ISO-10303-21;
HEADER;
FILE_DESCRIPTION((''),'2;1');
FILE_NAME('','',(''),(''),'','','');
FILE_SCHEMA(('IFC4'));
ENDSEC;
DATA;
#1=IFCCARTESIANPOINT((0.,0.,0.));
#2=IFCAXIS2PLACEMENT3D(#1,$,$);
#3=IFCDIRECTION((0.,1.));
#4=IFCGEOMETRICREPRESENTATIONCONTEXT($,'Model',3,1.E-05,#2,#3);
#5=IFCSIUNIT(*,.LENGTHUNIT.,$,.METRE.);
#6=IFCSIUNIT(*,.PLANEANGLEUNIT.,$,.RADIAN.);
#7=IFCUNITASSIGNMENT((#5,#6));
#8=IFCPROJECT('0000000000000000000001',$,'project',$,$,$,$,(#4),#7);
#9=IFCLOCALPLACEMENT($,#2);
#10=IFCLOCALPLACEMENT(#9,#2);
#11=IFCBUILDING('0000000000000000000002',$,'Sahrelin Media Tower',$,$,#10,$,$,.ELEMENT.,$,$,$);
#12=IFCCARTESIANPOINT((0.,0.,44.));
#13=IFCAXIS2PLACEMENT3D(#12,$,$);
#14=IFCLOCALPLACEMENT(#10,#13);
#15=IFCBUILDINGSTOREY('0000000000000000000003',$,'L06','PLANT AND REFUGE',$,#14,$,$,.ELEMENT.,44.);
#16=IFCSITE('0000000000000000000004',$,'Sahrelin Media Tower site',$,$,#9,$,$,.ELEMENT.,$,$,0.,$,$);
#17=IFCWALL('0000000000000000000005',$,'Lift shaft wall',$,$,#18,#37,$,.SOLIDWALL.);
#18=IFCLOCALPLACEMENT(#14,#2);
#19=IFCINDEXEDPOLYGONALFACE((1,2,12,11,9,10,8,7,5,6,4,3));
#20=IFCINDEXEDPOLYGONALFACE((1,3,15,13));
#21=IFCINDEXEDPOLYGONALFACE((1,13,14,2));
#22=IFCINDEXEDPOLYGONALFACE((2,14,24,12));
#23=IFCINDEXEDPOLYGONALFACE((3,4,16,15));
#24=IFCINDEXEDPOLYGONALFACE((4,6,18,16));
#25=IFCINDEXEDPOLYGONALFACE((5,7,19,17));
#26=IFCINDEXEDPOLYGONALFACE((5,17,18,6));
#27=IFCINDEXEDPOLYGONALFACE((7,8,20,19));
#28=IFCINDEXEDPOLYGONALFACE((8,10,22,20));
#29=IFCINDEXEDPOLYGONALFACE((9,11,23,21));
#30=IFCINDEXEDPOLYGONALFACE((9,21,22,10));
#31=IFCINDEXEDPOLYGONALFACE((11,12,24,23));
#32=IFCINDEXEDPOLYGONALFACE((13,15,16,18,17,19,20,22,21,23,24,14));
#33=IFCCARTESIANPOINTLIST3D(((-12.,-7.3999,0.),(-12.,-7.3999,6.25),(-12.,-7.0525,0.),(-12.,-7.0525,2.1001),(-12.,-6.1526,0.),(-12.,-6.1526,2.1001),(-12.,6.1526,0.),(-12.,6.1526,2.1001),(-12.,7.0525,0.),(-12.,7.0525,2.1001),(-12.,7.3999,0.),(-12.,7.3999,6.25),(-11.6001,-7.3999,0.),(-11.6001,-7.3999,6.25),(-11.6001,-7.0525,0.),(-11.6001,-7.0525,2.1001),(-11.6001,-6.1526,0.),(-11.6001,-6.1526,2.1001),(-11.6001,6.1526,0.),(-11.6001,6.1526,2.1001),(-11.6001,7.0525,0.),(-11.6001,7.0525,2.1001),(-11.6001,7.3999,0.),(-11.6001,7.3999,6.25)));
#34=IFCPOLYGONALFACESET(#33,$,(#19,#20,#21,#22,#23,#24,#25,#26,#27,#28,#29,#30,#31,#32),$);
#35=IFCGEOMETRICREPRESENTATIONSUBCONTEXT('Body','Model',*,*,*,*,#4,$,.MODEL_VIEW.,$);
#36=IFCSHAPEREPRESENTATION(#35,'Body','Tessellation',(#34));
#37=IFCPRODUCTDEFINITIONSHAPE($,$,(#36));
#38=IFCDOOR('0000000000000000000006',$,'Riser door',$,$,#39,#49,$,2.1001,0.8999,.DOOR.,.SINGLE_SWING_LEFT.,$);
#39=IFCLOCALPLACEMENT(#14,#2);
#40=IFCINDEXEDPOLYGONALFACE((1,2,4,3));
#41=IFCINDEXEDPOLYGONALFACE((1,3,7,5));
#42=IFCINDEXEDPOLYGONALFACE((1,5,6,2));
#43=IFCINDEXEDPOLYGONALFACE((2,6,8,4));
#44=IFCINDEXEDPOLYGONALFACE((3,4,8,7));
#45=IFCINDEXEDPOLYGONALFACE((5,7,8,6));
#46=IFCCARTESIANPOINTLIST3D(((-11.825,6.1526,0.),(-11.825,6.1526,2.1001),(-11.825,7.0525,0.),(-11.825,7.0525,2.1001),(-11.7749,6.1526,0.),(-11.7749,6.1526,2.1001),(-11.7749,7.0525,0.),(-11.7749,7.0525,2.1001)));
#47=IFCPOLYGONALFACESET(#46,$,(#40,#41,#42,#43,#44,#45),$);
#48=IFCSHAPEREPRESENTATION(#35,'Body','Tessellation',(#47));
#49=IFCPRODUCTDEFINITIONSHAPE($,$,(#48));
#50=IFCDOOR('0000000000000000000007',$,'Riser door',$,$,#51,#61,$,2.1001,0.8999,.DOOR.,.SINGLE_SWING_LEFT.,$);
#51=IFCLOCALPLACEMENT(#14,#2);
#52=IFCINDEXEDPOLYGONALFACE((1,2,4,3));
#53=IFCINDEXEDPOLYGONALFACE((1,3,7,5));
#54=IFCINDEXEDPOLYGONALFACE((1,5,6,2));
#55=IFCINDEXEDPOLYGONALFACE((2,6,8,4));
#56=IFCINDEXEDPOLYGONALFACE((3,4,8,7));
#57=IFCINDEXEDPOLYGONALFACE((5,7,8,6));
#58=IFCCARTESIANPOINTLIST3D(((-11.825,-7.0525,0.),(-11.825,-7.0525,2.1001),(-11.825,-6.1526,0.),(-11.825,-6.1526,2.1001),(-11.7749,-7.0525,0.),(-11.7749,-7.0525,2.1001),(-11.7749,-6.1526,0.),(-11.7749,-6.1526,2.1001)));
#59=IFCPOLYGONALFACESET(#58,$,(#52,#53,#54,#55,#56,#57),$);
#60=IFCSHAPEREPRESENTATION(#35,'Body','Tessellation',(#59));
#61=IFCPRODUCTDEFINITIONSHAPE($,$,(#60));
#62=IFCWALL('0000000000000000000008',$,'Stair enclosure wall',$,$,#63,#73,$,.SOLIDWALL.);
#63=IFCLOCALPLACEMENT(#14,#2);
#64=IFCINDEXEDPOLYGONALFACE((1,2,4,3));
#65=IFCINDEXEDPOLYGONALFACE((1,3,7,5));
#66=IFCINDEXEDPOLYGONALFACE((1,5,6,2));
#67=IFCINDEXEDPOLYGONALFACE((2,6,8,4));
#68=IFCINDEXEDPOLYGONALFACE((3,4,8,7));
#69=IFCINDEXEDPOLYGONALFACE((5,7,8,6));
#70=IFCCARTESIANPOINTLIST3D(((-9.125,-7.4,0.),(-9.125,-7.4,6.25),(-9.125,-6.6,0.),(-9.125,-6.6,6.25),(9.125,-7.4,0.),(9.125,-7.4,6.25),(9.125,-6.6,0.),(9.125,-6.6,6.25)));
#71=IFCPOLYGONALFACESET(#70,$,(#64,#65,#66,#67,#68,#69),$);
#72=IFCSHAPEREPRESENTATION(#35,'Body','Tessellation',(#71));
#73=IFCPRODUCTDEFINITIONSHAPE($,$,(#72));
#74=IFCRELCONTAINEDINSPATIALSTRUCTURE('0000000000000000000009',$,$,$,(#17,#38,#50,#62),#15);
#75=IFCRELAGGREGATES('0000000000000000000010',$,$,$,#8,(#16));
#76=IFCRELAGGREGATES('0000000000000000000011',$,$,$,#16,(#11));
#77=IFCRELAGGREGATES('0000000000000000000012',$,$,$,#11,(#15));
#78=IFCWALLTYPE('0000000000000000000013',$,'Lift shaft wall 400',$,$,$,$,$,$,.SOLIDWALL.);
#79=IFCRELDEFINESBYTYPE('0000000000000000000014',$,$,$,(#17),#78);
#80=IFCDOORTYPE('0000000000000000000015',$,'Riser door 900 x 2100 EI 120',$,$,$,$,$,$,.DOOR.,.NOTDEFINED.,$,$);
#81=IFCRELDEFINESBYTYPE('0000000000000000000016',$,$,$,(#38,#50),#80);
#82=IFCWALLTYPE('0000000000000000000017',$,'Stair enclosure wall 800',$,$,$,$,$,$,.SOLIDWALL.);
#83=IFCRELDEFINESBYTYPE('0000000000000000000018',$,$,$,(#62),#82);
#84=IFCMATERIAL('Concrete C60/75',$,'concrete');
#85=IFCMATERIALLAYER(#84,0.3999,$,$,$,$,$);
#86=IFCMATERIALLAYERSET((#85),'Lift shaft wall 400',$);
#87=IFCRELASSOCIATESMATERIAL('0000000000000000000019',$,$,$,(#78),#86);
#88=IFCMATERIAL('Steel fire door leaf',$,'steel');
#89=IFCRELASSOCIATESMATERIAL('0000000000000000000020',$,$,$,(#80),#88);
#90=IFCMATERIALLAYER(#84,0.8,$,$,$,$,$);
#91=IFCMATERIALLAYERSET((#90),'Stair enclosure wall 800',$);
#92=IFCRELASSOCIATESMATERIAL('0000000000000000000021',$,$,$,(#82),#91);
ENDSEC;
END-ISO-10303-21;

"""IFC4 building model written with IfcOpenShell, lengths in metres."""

from ifc_helpers import new_model, si_unit, direction, frame, frame_2d, origin, place, context, subcontext, project, spatial, rectangle, extrude, material, layer, layer_set, type_object, element, fill, save


model = new_model("IFC4")

# Units and contexts
model_context = context("Model", 3, precision=1e-05, world=origin(), true_north=direction((0.0, 1.0)))
body_context = subcontext(model_context, "Body", "Model", "MODEL_VIEW")
ifc_project = project(units=[si_unit("LENGTHUNIT", "METRE"), si_unit("PLANEANGLEUNIT", "RADIAN")], contexts=[model_context])

# Site, building, storey
site_placement = place(None, origin())
site = spatial("IfcSite", under=ifc_project, at=site_placement, Name="Sahrelin Media Tower site", CompositionType="ELEMENT", RefElevation=0.0)
building_placement = place(site_placement, origin())
building = spatial("IfcBuilding", under=site, at=building_placement, Name="Sahrelin Media Tower", CompositionType="ELEMENT")
storey_placement = place(building_placement, frame((0.0, 0.0, 44.0)))
storey = spatial("IfcBuildingStorey", under=building, at=storey_placement, Name="L06", Description="PLANT AND REFUGE", CompositionType="ELEMENT", Elevation=44.0)

# Shared definitions
ifc_material_1 = material(Name="Concrete C60/75", Category="concrete")
ifc_material_2 = material(Name="Steel fire door leaf", Category="steel")

# Wall, openings, doors
ifc_layer_1 = layer(ifc_material_1, 0.3999)
ifc_layer_set_1 = layer_set([ifc_layer_1], Name="Lift shaft wall 400")
wall_type_1 = type_object("IfcWallType", Name="Lift shaft wall 400", PredefinedType="SOLIDWALL", material=ifc_layer_set_1)
wall_1_placement = place(storey_placement, frame((-11.8, -7.3999, 0.0), z_axis=(0.0, 0.0, 1.0), x_axis=(0.0, 1.0, 0.0)))
wall_1 = element("IfcWall", 1, at=wall_1_placement, inside=storey, type_object=wall_type_1, Name="Lift shaft wall", PredefinedType="SOLIDWALL", context=body_context, shape_type="SweptSolid", body=[
    extrude(rectangle(XDim=14.7998, YDim=0.3999, at=frame_2d((7.3999, 0.0))), origin(), (0.0, 0.0, 1.0), 6.25),
])
opening_1_placement = place(wall_1_placement, frame((13.5525, 0.0, 0.0)))
opening_1 = element("IfcOpeningElement", 2, at=opening_1_placement, cuts=wall_1, PredefinedType="OPENING", context=body_context, shape_type="SweptSolid", body=[
    extrude(rectangle(XDim=0.8999, YDim=2.1001, at=frame_2d((0.45, 1.05))), frame((0.0, 0.2, 0.0), z_axis=(0.0, -1.0, 0.0), x_axis=(1.0, 0.0, 0.0)), (0.0, 0.0, 1.0), 0.3999),
])
opening_2_placement = place(wall_1_placement, frame((0.3474, 0.0, 0.0)))
opening_2 = element("IfcOpeningElement", 3, at=opening_2_placement, cuts=wall_1, PredefinedType="OPENING", context=body_context, shape_type="SweptSolid", body=[
    extrude(rectangle(XDim=0.8999, YDim=2.1001, at=frame_2d((0.45, 1.05))), frame((0.0, 0.2, 0.0), z_axis=(0.0, -1.0, 0.0), x_axis=(1.0, 0.0, 0.0)), (0.0, 0.0, 1.0), 0.3999),
])
door_type_1 = type_object("IfcDoorType", Name="Riser door 900 x 2100 EI 120", OperationType="NOTDEFINED", PredefinedType="DOOR", material=ifc_material_2)
door_1_placement = place(opening_1_placement, origin())
door_1 = element("IfcDoor", 4, at=door_1_placement, inside=storey, type_object=door_type_1, Name="Riser door", OperationType="SINGLE_SWING_LEFT", OverallHeight=2.1001, OverallWidth=0.8999, PredefinedType="DOOR", context=body_context, shape_type="SweptSolid", body=[
    extrude(rectangle(XDim=0.8999, YDim=2.1001, at=frame_2d((0.45, 1.05))), frame((0.0, 0.0249, 0.0), z_axis=(0.0, -1.0, 0.0), x_axis=(1.0, 0.0, 0.0)), (0.0, 0.0, 1.0), 0.05),
])
fill(opening_1, door_1)
door_2_placement = place(opening_2_placement, origin())
door_2 = element("IfcDoor", 5, at=door_2_placement, inside=storey, type_object=door_type_1, Name="Riser door", OperationType="SINGLE_SWING_LEFT", OverallHeight=2.1001, OverallWidth=0.8999, PredefinedType="DOOR", context=body_context, shape_type="SweptSolid", body=[
    extrude(rectangle(XDim=0.8999, YDim=2.1001, at=frame_2d((0.45, 1.05))), frame((0.0, 0.0249, 0.0), z_axis=(0.0, -1.0, 0.0), x_axis=(1.0, 0.0, 0.0)), (0.0, 0.0, 1.0), 0.05),
])
fill(opening_2, door_2)

# Wall
ifc_layer_2 = layer(ifc_material_1, 0.8)
ifc_layer_set_2 = layer_set([ifc_layer_2], Name="Stair enclosure wall 800")
wall_type_2 = type_object("IfcWallType", Name="Stair enclosure wall 800", PredefinedType="SOLIDWALL", material=ifc_layer_set_2)
wall_2_placement = place(storey_placement, frame((-9.125, -7.0, 0.0), z_axis=(0.0, 0.0, 1.0), x_axis=(1.0, 0.0, 0.0)))
element("IfcWall", 6, at=wall_2_placement, inside=storey, type_object=wall_type_2, Name="Stair enclosure wall", PredefinedType="SOLIDWALL", context=body_context, shape_type="SweptSolid", body=[
    extrude(rectangle(XDim=18.25, YDim=0.8, at=frame_2d((9.125, 0.0))), origin(), (0.0, 0.0, 1.0), 6.25),
])

save(model, "model.ifc")
